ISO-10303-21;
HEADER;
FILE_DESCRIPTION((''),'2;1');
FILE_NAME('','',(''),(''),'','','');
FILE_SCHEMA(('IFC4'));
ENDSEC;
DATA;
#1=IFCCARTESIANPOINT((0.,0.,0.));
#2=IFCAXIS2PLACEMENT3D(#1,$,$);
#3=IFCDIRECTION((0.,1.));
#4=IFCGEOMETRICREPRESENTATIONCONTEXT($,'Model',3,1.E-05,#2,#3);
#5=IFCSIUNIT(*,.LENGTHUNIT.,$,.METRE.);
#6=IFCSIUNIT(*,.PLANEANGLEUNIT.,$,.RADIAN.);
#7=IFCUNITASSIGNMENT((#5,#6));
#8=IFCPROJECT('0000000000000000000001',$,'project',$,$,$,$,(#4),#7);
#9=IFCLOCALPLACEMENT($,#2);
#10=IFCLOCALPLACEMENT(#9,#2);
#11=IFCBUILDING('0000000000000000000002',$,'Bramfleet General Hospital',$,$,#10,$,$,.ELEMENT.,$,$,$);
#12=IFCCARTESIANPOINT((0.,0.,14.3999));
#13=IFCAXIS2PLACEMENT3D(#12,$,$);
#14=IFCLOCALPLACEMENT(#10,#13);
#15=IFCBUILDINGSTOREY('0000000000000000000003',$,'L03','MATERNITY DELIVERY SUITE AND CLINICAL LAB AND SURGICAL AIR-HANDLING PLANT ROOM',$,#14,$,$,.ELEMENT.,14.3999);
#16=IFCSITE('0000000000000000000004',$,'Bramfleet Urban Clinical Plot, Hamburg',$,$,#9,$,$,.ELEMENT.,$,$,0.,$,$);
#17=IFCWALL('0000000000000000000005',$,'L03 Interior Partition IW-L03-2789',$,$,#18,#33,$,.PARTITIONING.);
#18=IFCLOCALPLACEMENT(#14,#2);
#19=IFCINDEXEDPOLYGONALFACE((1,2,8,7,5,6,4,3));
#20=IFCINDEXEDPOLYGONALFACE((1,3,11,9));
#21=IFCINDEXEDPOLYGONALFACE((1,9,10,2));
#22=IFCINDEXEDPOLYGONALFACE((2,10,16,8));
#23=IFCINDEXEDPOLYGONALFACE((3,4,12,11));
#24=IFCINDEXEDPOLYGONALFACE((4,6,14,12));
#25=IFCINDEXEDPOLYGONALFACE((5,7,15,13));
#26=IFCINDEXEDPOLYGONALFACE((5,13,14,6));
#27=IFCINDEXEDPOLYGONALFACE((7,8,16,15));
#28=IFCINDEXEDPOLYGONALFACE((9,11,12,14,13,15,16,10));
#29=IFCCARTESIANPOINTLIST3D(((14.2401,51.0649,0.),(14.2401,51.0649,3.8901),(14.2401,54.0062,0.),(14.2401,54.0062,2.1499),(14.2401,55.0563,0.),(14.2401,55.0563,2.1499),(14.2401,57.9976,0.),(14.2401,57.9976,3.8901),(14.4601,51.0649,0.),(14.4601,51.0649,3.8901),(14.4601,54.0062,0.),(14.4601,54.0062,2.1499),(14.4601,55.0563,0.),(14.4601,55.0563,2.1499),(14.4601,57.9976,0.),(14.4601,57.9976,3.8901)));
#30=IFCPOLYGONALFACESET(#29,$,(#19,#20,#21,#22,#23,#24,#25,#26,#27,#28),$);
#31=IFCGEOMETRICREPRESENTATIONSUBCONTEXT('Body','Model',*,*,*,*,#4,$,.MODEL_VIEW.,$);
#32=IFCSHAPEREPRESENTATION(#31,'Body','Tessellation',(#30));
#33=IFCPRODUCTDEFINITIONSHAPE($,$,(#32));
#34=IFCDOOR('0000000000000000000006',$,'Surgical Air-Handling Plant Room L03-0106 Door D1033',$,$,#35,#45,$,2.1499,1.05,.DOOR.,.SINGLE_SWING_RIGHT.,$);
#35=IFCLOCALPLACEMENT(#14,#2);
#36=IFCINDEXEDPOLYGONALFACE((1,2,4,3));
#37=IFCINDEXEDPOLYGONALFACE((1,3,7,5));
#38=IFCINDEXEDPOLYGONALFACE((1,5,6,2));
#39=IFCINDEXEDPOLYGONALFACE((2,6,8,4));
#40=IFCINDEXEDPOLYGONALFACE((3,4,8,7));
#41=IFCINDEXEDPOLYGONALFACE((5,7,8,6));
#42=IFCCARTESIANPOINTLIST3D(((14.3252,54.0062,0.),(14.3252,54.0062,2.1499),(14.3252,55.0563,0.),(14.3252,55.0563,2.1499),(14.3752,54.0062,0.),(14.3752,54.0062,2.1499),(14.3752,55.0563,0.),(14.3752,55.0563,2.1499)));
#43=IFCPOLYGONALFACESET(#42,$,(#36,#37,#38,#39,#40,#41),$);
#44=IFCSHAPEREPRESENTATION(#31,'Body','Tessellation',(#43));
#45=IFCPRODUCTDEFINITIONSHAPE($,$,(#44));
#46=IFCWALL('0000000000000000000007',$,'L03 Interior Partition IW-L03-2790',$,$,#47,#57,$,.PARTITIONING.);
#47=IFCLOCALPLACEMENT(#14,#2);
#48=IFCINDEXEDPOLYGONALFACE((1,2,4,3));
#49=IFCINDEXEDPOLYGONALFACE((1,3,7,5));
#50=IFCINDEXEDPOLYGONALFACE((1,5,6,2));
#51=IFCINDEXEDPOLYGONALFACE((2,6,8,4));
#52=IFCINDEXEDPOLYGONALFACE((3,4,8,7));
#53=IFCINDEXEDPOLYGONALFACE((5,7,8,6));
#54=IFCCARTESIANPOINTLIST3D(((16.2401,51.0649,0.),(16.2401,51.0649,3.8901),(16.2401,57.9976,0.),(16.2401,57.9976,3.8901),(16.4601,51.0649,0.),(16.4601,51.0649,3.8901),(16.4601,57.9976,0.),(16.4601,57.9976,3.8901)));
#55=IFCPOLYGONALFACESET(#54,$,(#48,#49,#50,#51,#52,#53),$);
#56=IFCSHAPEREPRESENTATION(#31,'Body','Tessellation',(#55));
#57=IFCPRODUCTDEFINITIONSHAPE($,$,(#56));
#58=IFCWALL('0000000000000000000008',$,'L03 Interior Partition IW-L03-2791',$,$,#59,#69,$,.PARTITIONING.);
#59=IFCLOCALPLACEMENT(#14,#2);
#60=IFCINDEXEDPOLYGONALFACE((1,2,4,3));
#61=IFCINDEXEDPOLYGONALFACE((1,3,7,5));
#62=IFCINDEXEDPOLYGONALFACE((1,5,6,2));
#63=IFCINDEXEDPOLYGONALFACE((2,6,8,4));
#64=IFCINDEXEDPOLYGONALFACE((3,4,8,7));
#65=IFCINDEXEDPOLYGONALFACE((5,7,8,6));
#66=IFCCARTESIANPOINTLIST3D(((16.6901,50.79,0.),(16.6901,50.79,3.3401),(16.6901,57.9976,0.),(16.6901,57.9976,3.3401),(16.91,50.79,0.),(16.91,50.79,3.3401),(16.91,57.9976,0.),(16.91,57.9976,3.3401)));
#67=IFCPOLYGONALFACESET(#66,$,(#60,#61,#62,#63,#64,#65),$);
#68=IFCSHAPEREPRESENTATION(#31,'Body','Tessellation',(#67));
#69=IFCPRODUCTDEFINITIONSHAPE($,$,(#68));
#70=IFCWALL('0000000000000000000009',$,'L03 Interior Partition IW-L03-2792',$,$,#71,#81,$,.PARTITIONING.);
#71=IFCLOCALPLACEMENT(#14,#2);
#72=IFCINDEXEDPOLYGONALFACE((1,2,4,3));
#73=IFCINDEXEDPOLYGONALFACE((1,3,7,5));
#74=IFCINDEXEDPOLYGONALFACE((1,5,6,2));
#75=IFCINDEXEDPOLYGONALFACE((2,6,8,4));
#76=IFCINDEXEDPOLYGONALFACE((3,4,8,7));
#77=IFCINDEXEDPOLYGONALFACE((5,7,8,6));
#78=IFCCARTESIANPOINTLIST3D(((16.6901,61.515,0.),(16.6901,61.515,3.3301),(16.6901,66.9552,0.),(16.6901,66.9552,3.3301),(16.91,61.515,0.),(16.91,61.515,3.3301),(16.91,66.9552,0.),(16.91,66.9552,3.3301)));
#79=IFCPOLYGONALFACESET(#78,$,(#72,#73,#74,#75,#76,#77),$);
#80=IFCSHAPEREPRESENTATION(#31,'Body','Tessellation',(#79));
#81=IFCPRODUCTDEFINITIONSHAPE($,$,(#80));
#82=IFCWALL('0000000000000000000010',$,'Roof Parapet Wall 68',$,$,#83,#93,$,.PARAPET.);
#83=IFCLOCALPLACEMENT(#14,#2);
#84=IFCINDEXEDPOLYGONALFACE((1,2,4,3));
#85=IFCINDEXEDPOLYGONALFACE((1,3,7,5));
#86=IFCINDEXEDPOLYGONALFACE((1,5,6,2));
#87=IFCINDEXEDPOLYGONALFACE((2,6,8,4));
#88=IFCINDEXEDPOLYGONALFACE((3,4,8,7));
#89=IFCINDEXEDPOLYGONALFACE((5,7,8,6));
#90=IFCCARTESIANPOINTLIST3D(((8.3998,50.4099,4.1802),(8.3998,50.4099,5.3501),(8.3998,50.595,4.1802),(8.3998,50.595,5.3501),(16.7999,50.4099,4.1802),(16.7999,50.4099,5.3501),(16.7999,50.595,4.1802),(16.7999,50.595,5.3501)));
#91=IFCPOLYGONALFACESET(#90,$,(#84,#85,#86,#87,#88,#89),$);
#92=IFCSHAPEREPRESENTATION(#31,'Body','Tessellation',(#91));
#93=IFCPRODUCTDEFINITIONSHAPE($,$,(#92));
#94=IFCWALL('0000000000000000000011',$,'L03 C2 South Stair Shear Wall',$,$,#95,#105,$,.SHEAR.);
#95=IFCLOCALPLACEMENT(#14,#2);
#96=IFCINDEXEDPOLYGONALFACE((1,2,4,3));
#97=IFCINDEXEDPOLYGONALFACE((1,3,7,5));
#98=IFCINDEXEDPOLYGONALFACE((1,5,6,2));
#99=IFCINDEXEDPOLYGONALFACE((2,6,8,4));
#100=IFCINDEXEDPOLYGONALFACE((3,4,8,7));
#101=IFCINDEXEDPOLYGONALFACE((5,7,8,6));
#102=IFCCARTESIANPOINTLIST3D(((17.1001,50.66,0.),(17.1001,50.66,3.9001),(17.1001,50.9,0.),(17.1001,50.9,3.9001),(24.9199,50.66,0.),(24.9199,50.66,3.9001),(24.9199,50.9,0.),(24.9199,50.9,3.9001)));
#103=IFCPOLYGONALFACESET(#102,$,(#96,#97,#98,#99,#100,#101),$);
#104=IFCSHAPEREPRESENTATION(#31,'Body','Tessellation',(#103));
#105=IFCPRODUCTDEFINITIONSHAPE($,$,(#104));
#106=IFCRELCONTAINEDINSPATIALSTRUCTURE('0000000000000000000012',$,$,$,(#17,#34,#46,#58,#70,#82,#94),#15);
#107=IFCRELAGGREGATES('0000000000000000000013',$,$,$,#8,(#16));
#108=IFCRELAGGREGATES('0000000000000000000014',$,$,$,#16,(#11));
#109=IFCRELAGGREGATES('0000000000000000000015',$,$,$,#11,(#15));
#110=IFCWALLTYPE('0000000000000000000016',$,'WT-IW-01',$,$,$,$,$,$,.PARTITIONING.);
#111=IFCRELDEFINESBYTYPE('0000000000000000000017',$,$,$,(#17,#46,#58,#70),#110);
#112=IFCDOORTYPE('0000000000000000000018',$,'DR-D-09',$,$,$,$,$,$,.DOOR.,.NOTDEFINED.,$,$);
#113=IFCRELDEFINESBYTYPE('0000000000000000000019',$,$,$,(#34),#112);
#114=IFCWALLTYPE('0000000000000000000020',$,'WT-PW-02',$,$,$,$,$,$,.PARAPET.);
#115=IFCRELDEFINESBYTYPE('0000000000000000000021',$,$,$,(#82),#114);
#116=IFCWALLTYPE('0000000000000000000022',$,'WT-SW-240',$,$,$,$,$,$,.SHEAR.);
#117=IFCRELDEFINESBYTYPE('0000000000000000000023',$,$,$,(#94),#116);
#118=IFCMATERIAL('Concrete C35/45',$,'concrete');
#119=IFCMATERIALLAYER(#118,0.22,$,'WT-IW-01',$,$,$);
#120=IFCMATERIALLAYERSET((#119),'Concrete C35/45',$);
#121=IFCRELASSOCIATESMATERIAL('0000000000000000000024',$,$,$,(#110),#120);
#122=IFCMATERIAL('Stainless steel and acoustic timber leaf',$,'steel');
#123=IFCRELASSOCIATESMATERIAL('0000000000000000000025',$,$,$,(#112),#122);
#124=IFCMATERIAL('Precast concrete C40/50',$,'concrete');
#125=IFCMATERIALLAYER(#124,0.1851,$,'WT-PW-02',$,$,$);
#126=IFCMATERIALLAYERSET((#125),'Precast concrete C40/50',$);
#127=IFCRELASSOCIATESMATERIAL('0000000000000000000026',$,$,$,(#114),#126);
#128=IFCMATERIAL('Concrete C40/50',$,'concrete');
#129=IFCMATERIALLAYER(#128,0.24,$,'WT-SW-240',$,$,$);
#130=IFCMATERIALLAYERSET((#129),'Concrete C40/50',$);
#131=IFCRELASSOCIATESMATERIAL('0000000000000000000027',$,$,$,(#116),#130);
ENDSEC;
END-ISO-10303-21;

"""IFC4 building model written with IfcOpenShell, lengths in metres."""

from ifc_helpers import new_model, si_unit, direction, frame, frame_2d, origin, place, context, subcontext, project, spatial, rectangle, extrude, material, layer, layer_set, type_object, element, fill, save


model = new_model("IFC4")

# Units and contexts
model_context = context("Model", 3, precision=1e-05, world=origin(), true_north=direction((0.0, 1.0)))
body_context = subcontext(model_context, "Body", "Model", "MODEL_VIEW")
ifc_project = project(units=[si_unit("LENGTHUNIT", "METRE"), si_unit("PLANEANGLEUNIT", "RADIAN")], contexts=[model_context])

# Site, building, storey
site_placement = place(None, origin())
site = spatial("IfcSite", under=ifc_project, at=site_placement, Name="Bramfleet Urban Clinical Plot, Hamburg", CompositionType="ELEMENT", RefElevation=0.0)
building_placement = place(site_placement, origin())
building = spatial("IfcBuilding", under=site, at=building_placement, Name="Bramfleet General Hospital", CompositionType="ELEMENT")
storey_placement = place(building_placement, frame((0.0, 0.0, 14.3999)))
storey = spatial("IfcBuildingStorey", under=building, at=storey_placement, Name="L03", Description="MATERNITY DELIVERY SUITE AND CLINICAL LAB AND SURGICAL AIR-HANDLING PLANT ROOM", CompositionType="ELEMENT", Elevation=14.3999)

# Shared definitions
ifc_material_1 = material(Name="Concrete C40/50", Category="concrete")

# Shared definitions
ifc_material_2 = material(Name="Concrete C35/45", Category="concrete")

# Shared definitions
ifc_layer_1 = layer(ifc_material_2, 0.22, Name="WT-IW-01")
ifc_layer_set_1 = layer_set([ifc_layer_1], Name="Concrete C35/45")
wall_type_1 = type_object("IfcWallType", Name="WT-IW-01", PredefinedType="PARTITIONING", material=ifc_layer_set_1)

# Shared definitions
ifc_material_3 = material(Name="Stainless steel and acoustic timber leaf", Category="steel")

# Wall, opening, door
wall_1_placement = place(storey_placement, frame((14.3501, 51.0649, 0.0), z_axis=(0.0, 0.0, 1.0), x_axis=(0.0, 1.0, 0.0)))
wall_1 = element("IfcWall", 1, at=wall_1_placement, inside=storey, type_object=wall_type_1, Name="L03 Interior Partition IW-L03-2789", PredefinedType="PARTITIONING", context=body_context, shape_type="SweptSolid", body=[
    extrude(rectangle(XDim=6.9326, YDim=0.22, at=frame_2d((3.4663, 0.0))), origin(), (0.0, 0.0, 1.0), 3.8901),
])
opening_1_placement = place(wall_1_placement, frame((2.9414, 0.0, 0.0)))
opening_1 = element("IfcOpeningElement", 2, at=opening_1_placement, cuts=wall_1, PredefinedType="OPENING", context=body_context, shape_type="SweptSolid", body=[
    extrude(rectangle(XDim=1.05, YDim=2.1499, at=frame_2d((0.5249, 1.075))), frame((0.0, 0.1199, 0.0), z_axis=(0.0, -1.0, 0.0), x_axis=(1.0, 0.0, 0.0)), (0.0, 0.0, 1.0), 0.24),
])
door_type_1 = type_object("IfcDoorType", Name="DR-D-09", OperationType="NOTDEFINED", PredefinedType="DOOR", material=ifc_material_3)
door_1_placement = place(opening_1_placement, origin())
door_1 = element("IfcDoor", 3, at=door_1_placement, inside=storey, type_object=door_type_1, Name="Surgical Air-Handling Plant Room L03-0106 Door D1033", OperationType="SINGLE_SWING_RIGHT", OverallHeight=2.1499, OverallWidth=1.05, PredefinedType="DOOR", context=body_context, shape_type="SweptSolid", body=[
    extrude(rectangle(XDim=1.05, YDim=2.1499, at=frame_2d((0.5249, 1.075))), frame((0.0, 0.0249, 0.0), z_axis=(0.0, -1.0, 0.0), x_axis=(1.0, 0.0, 0.0)), (0.0, 0.0, 1.0), 0.05),
])
fill(opening_1, door_1)

# Walls
wall_2_placement = place(storey_placement, frame((16.3501, 51.0649, 0.0), z_axis=(0.0, 0.0, 1.0), x_axis=(0.0, 1.0, 0.0)))
element("IfcWall", 4, at=wall_2_placement, inside=storey, type_object=wall_type_1, Name="L03 Interior Partition IW-L03-2790", PredefinedType="PARTITIONING", context=body_context, shape_type="SweptSolid", body=[
    extrude(rectangle(XDim=6.9326, YDim=0.22, at=frame_2d((3.4663, 0.0))), origin(), (0.0, 0.0, 1.0), 3.8901),
])
wall_3_placement = place(storey_placement, frame((16.8, 50.79, 0.0), z_axis=(0.0, 0.0, 1.0), x_axis=(0.0, 1.0, 0.0)))
element("IfcWall", 5, at=wall_3_placement, inside=storey, type_object=wall_type_1, Name="L03 Interior Partition IW-L03-2791", PredefinedType="PARTITIONING", context=body_context, shape_type="SweptSolid", body=[
    extrude(rectangle(XDim=7.2075, YDim=0.22, at=frame_2d((3.6038, 0.0))), origin(), (0.0, 0.0, 1.0), 3.3401),
])
wall_4_placement = place(storey_placement, frame((16.8, 61.5149, 0.0), z_axis=(0.0, 0.0, 1.0), x_axis=(0.0, 1.0, 0.0)))
element("IfcWall", 6, at=wall_4_placement, inside=storey, type_object=wall_type_1, Name="L03 Interior Partition IW-L03-2792", PredefinedType="PARTITIONING", context=body_context, shape_type="SweptSolid", body=[
    extrude(rectangle(XDim=5.4402, YDim=0.22, at=frame_2d((2.7202, 0.0))), origin(), (0.0, 0.0, 1.0), 3.3301),
])
ifc_material_4 = material(Name="Precast concrete C40/50", Category="concrete")
ifc_layer_2 = layer(ifc_material_4, 0.1851, Name="WT-PW-02")
ifc_layer_set_2 = layer_set([ifc_layer_2], Name="Precast concrete C40/50")
wall_type_2 = type_object("IfcWallType", Name="WT-PW-02", PredefinedType="PARAPET", material=ifc_layer_set_2)
wall_5_placement = place(storey_placement, frame((16.8, 50.5024, 4.1802), z_axis=(0.0, 0.0, 1.0), x_axis=(-1.0, 0.0, 0.0)))
element("IfcWall", 7, at=wall_5_placement, inside=storey, type_object=wall_type_2, Name="Roof Parapet Wall 68", PredefinedType="PARAPET", context=body_context, shape_type="SweptSolid", body=[
    extrude(rectangle(XDim=8.4001, YDim=0.1851, at=frame_2d((4.2002, 0.0))), origin(), (0.0, 0.0, 1.0), 1.1699),
])
ifc_layer_3 = layer(ifc_material_1, 0.24, Name="WT-SW-240")
ifc_layer_set_3 = layer_set([ifc_layer_3], Name="Concrete C40/50")
wall_type_3 = type_object("IfcWallType", Name="WT-SW-240", PredefinedType="SHEAR", material=ifc_layer_set_3)
wall_6_placement = place(storey_placement, frame((17.1001, 50.78, 0.0), z_axis=(0.0, 0.0, 1.0), x_axis=(1.0, 0.0, 0.0)))
element("IfcWall", 8, at=wall_6_placement, inside=storey, type_object=wall_type_3, Name="L03 C2 South Stair Shear Wall", PredefinedType="SHEAR", context=body_context, shape_type="SweptSolid", body=[
    extrude(rectangle(XDim=7.8198, YDim=0.24, at=frame_2d((3.9099, 0.0))), origin(), (0.0, 0.0, 1.0), 3.9001),
])

save(model, "model.ifc")
